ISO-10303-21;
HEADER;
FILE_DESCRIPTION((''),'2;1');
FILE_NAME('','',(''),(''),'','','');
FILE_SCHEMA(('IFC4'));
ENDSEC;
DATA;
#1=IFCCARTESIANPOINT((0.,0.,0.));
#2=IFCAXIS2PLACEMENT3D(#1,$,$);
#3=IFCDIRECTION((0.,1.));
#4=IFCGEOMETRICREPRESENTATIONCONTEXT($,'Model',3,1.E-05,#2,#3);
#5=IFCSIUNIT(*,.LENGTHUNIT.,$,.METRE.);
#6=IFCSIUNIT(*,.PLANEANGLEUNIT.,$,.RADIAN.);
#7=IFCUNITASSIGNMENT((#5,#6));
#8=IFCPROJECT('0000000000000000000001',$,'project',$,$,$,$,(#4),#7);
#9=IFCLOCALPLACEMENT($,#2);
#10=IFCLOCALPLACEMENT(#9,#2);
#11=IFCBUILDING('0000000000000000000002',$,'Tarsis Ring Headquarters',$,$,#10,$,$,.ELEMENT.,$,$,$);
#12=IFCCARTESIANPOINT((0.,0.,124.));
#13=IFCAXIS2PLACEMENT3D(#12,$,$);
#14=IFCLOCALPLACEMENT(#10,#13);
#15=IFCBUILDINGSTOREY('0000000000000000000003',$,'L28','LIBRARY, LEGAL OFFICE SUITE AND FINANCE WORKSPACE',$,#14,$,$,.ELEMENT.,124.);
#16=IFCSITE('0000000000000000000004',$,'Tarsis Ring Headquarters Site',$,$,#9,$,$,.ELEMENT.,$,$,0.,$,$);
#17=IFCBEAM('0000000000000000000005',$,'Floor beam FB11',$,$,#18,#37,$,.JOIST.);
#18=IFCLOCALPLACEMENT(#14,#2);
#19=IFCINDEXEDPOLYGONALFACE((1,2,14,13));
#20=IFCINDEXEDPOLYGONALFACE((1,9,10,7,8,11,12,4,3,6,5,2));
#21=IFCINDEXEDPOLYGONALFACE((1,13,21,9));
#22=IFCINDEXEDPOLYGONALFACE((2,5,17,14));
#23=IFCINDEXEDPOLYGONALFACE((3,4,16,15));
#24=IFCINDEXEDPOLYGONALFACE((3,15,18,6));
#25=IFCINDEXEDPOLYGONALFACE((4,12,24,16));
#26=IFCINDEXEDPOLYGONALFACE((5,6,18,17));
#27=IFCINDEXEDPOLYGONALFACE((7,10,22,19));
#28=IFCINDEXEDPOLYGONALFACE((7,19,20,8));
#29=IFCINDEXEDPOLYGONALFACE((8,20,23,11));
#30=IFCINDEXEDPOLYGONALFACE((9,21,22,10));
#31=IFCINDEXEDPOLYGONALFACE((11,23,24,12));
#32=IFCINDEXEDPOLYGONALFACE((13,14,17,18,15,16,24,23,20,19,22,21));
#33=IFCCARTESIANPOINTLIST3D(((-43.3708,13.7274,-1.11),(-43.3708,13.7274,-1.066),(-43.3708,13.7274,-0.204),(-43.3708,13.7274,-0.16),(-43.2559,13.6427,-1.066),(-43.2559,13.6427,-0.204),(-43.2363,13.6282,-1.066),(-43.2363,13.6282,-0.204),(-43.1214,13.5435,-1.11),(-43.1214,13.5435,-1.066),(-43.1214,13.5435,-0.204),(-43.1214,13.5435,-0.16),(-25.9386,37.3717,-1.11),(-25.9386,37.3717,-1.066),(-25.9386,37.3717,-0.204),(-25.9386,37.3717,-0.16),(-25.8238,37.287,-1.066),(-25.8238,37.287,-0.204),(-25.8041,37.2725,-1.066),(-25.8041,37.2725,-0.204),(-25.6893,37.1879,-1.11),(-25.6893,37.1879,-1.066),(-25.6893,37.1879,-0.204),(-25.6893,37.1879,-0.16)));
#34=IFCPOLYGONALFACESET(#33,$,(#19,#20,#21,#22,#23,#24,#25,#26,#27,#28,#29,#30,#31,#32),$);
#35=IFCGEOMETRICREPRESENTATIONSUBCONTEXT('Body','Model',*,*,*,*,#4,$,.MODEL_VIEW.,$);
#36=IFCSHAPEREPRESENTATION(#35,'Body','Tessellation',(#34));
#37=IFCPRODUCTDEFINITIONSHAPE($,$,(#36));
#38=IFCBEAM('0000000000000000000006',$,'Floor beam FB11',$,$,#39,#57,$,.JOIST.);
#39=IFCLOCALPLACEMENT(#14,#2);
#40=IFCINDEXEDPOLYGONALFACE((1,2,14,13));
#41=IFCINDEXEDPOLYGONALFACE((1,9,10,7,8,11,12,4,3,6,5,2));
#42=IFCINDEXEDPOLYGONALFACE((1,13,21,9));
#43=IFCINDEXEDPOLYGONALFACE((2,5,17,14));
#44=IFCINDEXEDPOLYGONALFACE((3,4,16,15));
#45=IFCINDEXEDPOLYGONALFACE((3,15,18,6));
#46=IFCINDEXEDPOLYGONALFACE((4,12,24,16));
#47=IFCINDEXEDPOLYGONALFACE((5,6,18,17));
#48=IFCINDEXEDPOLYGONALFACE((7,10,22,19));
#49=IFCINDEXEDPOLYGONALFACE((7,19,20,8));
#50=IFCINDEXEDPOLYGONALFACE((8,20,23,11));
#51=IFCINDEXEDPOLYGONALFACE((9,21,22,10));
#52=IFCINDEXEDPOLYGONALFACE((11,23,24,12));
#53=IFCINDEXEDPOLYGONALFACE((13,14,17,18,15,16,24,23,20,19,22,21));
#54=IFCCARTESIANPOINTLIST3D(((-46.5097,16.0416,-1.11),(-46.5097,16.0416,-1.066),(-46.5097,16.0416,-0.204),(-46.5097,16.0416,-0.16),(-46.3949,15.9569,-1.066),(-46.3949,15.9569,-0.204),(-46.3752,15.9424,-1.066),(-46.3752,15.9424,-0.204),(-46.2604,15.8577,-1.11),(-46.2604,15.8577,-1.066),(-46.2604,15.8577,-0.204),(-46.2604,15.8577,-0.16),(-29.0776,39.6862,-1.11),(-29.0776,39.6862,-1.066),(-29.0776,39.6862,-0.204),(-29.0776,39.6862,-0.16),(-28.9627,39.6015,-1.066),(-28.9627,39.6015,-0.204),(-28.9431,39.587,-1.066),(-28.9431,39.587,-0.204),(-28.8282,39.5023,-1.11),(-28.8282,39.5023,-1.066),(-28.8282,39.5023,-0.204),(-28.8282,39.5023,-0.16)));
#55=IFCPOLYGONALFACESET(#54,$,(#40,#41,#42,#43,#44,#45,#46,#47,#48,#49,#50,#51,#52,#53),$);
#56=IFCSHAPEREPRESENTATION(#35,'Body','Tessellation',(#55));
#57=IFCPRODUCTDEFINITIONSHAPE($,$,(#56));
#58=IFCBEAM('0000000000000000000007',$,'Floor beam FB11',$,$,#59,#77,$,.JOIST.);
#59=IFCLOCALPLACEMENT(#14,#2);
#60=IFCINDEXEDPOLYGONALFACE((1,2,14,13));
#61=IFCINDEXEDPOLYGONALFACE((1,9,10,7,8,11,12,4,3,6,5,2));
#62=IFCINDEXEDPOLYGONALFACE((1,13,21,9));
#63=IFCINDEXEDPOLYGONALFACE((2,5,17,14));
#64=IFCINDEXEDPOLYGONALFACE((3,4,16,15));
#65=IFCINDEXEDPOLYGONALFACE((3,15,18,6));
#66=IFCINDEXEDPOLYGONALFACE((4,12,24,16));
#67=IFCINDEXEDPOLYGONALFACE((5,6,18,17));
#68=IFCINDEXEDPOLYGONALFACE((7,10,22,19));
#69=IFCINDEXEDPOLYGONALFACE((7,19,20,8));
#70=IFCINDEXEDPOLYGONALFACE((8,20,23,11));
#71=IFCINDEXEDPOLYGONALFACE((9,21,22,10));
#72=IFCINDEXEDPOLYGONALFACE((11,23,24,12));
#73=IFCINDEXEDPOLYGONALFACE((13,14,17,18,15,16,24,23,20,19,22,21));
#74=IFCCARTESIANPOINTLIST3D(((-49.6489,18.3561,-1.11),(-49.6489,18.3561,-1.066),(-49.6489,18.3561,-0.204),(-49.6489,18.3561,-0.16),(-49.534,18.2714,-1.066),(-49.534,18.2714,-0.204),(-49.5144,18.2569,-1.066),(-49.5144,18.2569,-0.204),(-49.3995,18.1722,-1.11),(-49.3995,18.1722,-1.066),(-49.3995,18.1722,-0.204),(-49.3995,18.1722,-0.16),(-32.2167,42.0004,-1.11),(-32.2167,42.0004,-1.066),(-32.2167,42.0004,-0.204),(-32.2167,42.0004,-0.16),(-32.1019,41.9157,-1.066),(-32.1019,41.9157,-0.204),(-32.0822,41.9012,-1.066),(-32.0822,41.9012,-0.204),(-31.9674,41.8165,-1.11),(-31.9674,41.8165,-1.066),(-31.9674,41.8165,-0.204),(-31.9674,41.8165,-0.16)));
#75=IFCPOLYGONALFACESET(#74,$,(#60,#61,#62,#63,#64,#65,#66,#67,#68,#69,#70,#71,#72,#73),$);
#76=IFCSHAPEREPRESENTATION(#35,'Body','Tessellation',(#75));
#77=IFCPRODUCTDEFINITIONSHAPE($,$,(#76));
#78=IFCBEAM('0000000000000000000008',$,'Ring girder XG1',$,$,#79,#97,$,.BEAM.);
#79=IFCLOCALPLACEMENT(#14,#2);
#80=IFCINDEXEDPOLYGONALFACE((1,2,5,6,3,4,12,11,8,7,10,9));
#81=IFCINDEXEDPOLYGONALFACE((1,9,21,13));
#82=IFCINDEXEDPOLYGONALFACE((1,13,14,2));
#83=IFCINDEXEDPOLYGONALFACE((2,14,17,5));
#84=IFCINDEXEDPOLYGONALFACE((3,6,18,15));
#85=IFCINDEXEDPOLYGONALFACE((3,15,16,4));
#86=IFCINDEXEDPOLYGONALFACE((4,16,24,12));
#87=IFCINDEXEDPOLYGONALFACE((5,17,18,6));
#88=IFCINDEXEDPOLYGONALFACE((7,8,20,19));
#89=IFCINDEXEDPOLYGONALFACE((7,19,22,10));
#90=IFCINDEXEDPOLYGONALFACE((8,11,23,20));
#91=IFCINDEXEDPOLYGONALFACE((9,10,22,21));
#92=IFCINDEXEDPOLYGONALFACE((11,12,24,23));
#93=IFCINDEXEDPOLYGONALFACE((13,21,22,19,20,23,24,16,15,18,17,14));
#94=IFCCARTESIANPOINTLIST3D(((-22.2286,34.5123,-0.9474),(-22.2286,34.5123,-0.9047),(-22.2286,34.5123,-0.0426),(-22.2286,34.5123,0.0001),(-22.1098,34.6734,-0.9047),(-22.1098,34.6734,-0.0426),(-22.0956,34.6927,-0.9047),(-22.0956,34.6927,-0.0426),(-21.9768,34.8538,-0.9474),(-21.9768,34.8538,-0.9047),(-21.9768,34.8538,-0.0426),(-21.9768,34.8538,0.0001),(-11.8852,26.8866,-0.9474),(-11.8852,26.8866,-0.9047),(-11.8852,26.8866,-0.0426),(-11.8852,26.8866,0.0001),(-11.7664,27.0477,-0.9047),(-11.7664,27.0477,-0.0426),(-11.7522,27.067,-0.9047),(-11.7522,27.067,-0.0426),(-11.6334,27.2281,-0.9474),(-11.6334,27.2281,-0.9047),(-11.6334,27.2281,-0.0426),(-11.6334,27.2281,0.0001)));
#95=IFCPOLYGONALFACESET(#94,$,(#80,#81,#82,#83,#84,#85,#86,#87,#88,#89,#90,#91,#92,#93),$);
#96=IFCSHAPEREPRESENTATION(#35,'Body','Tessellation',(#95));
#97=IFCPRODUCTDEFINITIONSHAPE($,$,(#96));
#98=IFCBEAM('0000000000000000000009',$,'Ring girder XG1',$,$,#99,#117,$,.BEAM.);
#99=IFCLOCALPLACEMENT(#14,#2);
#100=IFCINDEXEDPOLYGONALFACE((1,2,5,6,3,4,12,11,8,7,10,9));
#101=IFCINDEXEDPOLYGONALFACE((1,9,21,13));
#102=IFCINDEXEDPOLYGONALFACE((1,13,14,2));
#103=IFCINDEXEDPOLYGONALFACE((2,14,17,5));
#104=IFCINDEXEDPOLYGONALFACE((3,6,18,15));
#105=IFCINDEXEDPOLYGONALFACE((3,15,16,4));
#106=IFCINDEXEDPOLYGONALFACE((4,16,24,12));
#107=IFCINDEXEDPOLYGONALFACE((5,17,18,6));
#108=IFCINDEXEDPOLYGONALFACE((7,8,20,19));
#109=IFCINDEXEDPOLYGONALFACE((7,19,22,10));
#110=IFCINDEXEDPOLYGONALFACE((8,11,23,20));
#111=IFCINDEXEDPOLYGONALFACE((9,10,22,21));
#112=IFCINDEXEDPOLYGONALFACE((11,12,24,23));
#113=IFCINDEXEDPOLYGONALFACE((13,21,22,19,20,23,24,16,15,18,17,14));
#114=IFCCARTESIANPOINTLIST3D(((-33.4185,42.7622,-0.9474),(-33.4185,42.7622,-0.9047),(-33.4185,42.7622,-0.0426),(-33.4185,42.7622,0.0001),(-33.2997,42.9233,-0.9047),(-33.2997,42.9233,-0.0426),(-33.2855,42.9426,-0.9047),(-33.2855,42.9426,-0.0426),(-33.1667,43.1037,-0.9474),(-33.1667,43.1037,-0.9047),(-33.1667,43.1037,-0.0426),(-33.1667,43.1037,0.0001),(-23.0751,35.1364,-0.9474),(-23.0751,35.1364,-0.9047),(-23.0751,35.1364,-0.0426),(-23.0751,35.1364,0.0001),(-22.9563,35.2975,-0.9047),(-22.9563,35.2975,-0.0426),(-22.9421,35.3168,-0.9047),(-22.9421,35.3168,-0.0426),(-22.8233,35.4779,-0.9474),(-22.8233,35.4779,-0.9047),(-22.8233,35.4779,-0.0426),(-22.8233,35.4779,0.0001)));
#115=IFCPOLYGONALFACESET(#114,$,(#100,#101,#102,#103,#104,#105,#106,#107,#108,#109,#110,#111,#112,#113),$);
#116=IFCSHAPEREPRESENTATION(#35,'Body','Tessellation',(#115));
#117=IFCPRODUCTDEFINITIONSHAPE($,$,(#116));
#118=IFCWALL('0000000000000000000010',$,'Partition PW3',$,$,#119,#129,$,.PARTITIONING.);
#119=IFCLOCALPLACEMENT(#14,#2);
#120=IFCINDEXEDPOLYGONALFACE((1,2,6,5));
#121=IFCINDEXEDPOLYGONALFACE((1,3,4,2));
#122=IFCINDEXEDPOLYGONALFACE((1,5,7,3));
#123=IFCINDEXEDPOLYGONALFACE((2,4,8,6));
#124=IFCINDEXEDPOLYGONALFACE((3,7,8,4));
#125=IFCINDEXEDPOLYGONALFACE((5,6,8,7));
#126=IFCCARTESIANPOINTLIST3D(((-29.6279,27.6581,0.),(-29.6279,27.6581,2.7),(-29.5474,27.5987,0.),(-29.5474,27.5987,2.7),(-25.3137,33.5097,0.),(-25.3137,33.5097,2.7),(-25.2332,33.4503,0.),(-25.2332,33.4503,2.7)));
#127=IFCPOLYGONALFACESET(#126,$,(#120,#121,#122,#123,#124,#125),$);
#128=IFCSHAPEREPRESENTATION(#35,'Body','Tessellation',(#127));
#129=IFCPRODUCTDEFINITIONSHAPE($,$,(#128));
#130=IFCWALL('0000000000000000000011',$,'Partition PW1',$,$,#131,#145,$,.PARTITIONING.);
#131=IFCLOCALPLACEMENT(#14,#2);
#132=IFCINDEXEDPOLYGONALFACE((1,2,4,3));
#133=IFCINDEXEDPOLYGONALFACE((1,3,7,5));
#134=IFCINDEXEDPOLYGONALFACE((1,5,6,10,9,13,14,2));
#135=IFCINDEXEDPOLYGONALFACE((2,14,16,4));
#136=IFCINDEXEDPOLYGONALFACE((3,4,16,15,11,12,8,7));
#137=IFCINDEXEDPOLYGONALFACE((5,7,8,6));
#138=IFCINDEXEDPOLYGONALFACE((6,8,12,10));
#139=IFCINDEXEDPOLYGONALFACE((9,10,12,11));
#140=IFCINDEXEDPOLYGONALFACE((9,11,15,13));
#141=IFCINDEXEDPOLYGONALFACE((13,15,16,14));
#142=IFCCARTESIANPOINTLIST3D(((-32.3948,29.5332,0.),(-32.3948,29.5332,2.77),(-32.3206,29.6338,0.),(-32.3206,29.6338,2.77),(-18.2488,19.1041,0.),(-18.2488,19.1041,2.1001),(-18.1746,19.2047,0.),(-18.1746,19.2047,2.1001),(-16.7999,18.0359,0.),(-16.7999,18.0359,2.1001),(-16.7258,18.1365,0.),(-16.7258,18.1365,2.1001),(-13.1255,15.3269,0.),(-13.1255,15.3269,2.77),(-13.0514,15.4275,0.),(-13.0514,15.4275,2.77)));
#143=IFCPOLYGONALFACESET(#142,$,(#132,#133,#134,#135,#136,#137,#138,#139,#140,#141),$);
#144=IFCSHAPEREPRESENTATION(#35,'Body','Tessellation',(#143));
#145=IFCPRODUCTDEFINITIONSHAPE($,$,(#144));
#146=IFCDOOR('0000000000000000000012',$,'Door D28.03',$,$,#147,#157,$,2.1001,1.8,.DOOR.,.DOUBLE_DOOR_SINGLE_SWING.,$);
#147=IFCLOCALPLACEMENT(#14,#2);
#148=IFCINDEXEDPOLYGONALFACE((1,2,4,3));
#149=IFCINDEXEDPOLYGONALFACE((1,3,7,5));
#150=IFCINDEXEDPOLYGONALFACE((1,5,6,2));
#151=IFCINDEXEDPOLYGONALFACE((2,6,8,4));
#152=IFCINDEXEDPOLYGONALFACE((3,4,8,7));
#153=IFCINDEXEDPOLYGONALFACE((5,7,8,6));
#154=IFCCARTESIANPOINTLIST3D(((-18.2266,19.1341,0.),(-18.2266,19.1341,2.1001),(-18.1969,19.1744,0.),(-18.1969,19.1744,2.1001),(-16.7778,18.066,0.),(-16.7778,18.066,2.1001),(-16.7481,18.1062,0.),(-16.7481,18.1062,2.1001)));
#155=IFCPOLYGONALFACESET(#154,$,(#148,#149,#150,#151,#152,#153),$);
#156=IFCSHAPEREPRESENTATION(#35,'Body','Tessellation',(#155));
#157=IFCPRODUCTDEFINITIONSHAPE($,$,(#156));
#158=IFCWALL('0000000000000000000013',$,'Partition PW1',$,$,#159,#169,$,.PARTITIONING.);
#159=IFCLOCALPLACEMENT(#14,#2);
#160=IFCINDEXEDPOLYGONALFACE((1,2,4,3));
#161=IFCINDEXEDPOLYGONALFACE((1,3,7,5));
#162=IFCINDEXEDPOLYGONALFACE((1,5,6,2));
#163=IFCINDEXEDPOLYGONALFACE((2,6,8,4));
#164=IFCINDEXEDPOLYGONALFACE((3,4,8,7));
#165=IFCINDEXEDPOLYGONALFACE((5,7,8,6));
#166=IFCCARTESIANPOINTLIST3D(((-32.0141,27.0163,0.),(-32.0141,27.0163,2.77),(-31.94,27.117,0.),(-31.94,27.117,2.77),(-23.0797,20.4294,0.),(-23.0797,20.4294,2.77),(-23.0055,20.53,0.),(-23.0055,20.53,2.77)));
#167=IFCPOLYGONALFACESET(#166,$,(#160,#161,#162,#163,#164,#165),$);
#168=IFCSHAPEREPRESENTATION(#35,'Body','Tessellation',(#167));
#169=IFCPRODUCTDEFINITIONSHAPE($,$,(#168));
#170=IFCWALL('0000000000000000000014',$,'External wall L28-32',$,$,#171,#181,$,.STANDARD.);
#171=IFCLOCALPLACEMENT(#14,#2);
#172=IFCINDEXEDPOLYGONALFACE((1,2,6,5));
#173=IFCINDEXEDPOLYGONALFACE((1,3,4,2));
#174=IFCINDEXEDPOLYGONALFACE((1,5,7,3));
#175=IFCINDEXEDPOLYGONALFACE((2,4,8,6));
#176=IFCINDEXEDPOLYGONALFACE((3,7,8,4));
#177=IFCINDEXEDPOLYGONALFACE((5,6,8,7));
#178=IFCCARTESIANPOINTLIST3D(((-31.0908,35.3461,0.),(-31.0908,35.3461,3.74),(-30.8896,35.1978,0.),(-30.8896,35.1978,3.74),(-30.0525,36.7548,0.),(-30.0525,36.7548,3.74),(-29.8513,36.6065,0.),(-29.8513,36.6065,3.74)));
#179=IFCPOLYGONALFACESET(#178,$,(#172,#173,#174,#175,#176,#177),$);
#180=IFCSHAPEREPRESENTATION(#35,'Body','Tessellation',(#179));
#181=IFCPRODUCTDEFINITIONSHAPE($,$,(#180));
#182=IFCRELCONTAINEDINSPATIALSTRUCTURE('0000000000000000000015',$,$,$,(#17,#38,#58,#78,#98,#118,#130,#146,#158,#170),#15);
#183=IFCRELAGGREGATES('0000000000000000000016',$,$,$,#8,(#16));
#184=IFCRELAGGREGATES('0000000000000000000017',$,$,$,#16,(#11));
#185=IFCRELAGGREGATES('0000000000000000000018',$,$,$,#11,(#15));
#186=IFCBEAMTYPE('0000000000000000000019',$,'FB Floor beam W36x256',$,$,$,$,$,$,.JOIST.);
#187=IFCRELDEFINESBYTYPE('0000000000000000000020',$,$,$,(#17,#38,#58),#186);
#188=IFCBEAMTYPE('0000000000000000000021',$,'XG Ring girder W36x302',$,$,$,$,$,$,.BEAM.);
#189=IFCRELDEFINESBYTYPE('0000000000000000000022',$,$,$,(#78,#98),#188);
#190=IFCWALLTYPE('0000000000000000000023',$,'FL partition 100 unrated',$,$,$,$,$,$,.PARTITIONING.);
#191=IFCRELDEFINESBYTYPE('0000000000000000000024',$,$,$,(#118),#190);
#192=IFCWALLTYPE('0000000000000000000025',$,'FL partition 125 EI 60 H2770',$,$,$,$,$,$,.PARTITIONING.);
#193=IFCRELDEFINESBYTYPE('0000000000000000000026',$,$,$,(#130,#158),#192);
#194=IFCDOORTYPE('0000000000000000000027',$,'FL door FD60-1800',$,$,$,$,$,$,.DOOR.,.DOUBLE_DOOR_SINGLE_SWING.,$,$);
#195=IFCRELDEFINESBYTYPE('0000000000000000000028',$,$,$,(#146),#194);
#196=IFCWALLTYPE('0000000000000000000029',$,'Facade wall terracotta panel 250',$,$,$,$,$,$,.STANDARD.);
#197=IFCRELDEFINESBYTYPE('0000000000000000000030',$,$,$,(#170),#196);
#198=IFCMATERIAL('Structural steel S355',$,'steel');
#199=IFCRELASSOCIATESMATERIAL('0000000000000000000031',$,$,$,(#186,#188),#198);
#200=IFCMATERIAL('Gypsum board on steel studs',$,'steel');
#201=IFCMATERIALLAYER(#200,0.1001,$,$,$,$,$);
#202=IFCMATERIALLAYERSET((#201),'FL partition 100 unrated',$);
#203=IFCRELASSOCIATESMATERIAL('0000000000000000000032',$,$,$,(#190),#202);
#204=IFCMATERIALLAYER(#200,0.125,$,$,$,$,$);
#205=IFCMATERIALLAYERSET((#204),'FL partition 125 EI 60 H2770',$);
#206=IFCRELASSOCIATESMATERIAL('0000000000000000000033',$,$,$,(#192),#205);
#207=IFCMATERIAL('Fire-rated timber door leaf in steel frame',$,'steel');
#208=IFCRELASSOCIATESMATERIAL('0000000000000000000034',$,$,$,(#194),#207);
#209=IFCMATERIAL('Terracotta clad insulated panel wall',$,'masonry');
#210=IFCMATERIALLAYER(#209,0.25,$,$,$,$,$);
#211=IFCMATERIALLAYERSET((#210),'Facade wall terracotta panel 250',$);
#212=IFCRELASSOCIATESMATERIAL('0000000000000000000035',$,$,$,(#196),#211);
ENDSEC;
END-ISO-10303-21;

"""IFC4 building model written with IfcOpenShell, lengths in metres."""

from ifc_helpers import new_model, si_unit, direction, frame, frame_2d, origin, origin_2d, place, context, subcontext, project, spatial, rectangle, i_section, extrude, material, layer, layer_set, material_profile, profile_set, type_object, element, fill, save


model = new_model("IFC4")

# Units and contexts
model_context = context("Model", 3, precision=1e-05, world=origin(), true_north=direction((0.0, 1.0)))
body_context = subcontext(model_context, "Body", "Model", "MODEL_VIEW")
ifc_project = project(units=[si_unit("LENGTHUNIT", "METRE"), si_unit("PLANEANGLEUNIT", "RADIAN")], contexts=[model_context])

# Site, building, storey
site_placement = place(None, origin())
site = spatial("IfcSite", under=ifc_project, at=site_placement, Name="Tarsis Ring Headquarters Site", CompositionType="ELEMENT", RefElevation=0.0)
building_placement = place(site_placement, origin())
building = spatial("IfcBuilding", under=site, at=building_placement, Name="Tarsis Ring Headquarters", CompositionType="ELEMENT")
storey_placement = place(building_placement, frame((0.0, 0.0, 124.0)))
storey = spatial("IfcBuildingStorey", under=building, at=storey_placement, Name="L28", Description="LIBRARY, LEGAL OFFICE SUITE AND FINANCE WORKSPACE", CompositionType="ELEMENT", Elevation=124.0)

# Shared definitions
ifc_material_1 = material(Name="Structural steel S355", Category="steel")

# Beams
ifc_material_profile_1 = material_profile(ifc_material_1, i_section(OverallWidth=0.3098, OverallDepth=0.95, WebThickness=0.0244, FlangeThickness=0.0439, at=origin_2d()), Name="W36x256")
ifc_profile_set_1 = profile_set([ifc_material_profile_1], Name="Structural steel S355")
beam_type_1 = type_object("IfcBeamType", Name="FB Floor beam W36x256", PredefinedType="JOIST", material=ifc_profile_set_1)
beam_1_placement = place(storey_placement, frame((-25.814, 37.2798, -0.635), z_axis=(-0.59342, -0.804893, 0.0), x_axis=(0.804893, -0.59342, 0.0)))
element("IfcBeam", 1, at=beam_1_placement, inside=storey, type_object=beam_type_1, Name="Floor beam FB11", PredefinedType="JOIST", context=body_context, shape_type="SweptSolid", body=[
    extrude(i_section(OverallWidth=0.3098, OverallDepth=0.95, WebThickness=0.0244, FlangeThickness=0.0439, at=origin_2d()), origin(), (0.0, 0.0, 1.0), 29.3757),
])
beam_2_placement = place(storey_placement, frame((-28.9529, 39.5942, -0.635), z_axis=(-0.593416, -0.804896, 0.0), x_axis=(0.804896, -0.593416, 0.0)))
element("IfcBeam", 2, at=beam_2_placement, inside=storey, type_object=beam_type_1, Name="Floor beam FB11", PredefinedType="JOIST", context=body_context, shape_type="SweptSolid", body=[
    extrude(i_section(OverallWidth=0.3098, OverallDepth=0.95, WebThickness=0.0244, FlangeThickness=0.0439, at=origin_2d()), origin(), (0.0, 0.0, 1.0), 29.376),
])
beam_3_placement = place(storey_placement, frame((-32.092, 41.9084, -0.635), z_axis=(-0.59342, -0.804893, 0.0), x_axis=(0.804893, -0.59342, 0.0)))
element("IfcBeam", 3, at=beam_3_placement, inside=storey, type_object=beam_type_1, Name="Floor beam FB11", PredefinedType="JOIST", context=body_context, shape_type="SweptSolid", body=[
    extrude(i_section(OverallWidth=0.3098, OverallDepth=0.95, WebThickness=0.0244, FlangeThickness=0.0439, at=origin_2d()), origin(), (0.0, 0.0, 1.0), 29.3757),
])
ifc_material_profile_2 = material_profile(ifc_material_1, i_section(OverallWidth=0.4243, OverallDepth=0.9475, WebThickness=0.0239, FlangeThickness=0.0427, at=origin_2d()), Name="W36x302")
ifc_profile_set_2 = profile_set([ifc_material_profile_2], Name="Structural steel S355")
beam_type_2 = type_object("IfcBeamType", Name="XG Ring girder W36x302", PredefinedType="BEAM", material=ifc_profile_set_2)
for number, where, z_axis, x_axis, name in (
    (4, (-11.7593, 27.0574, -0.4736), (-0.8049, 0.593411, 0.0), (-0.593411, -0.8049, 0.0), "Ring girder XG1"),
    (5, (-22.9492, 35.3071, -0.4736), (-0.804893, 0.59342, 0.0), (-0.59342, -0.804893, 0.0), "Ring girder XG1"),
):
    element("IfcBeam", number, at=place(storey_placement, frame(where, z_axis=z_axis, x_axis=x_axis)), inside=storey, type_object=beam_type_2, Name=name, PredefinedType="BEAM", context=body_context, shape_type="SweptSolid", body=[
        extrude(i_section(OverallWidth=0.4243, OverallDepth=0.9475, WebThickness=0.0239, FlangeThickness=0.0427, at=origin_2d()), origin(), (0.0, 0.0, 1.0), 12.8506),
    ])

# Wall
ifc_material_2 = material(Name="Gypsum board on steel studs", Category="steel")
ifc_layer_1 = layer(ifc_material_2, 0.1001)
ifc_layer_set_1 = layer_set([ifc_layer_1], Name="FL partition 100 unrated")
wall_type_1 = type_object("IfcWallType", Name="FL partition 100 unrated", PredefinedType="PARTITIONING", material=ifc_layer_set_1)
wall_1_placement = place(storey_placement, frame((-29.5876, 27.6284, 0.0), z_axis=(0.0, 0.0, 1.0), x_axis=(0.593425, 0.80489, 0.0)))
element("IfcWall", 6, at=wall_1_placement, inside=storey, type_object=wall_type_1, Name="Partition PW3", PredefinedType="PARTITIONING", context=body_context, shape_type="SweptSolid", body=[
    extrude(rectangle(XDim=7.27, YDim=0.1001, at=frame_2d((3.635, 0.0))), origin(), (0.0, 0.0, 1.0), 2.7),
])

# Wall, opening, door
ifc_layer_2 = layer(ifc_material_2, 0.125)
ifc_layer_set_2 = layer_set([ifc_layer_2], Name="FL partition 125 EI 60 H2770")
wall_type_2 = type_object("IfcWallType", Name="FL partition 125 EI 60 H2770", PredefinedType="PARTITIONING", material=ifc_layer_set_2)
wall_2_placement = place(storey_placement, frame((-32.3577, 29.5835, 0.0), z_axis=(0.0, 0.0, 1.0), x_axis=(0.804899, -0.593412, 0.0)))
wall_2 = element("IfcWall", 7, at=wall_2_placement, inside=storey, type_object=wall_type_2, Name="Partition PW1", PredefinedType="PARTITIONING", context=body_context, shape_type="SweptSolid", body=[
    extrude(rectangle(XDim=23.9399, YDim=0.125, at=frame_2d((11.97, 0.0))), origin(), (0.0, 0.0, 1.0), 2.77),
])
opening_placement = place(wall_2_placement, frame((17.575, 0.0, 0.0)))
opening = element("IfcOpeningElement", 8, at=opening_placement, cuts=wall_2, PredefinedType="OPENING", context=body_context, shape_type="SweptSolid", body=[
    extrude(rectangle(XDim=1.8, YDim=2.1001, at=frame_2d((0.8999, 1.05))), frame((0.0, 0.0725, 0.0), z_axis=(0.0, -1.0, 0.0), x_axis=(1.0, 0.0, 0.0)), (0.0, 0.0, 1.0), 0.145),
])
ifc_material_3 = material(Name="Fire-rated timber door leaf in steel frame", Category="steel")
door_type = type_object("IfcDoorType", Name="FL door FD60-1800", OperationType="DOUBLE_DOOR_SINGLE_SWING", PredefinedType="DOOR", material=ifc_material_3)
door_placement = place(opening_placement, origin())
door = element("IfcDoor", 9, at=door_placement, inside=storey, type_object=door_type, Name="Door D28.03", OperationType="DOUBLE_DOOR_SINGLE_SWING", OverallHeight=2.1001, OverallWidth=1.8, PredefinedType="DOOR", context=body_context, shape_type="SweptSolid", body=[
    extrude(rectangle(XDim=1.8, YDim=2.1001, at=frame_2d((0.8999, 1.05))), frame((0.0, 0.0249, 0.0), z_axis=(0.0, -1.0, 0.0), x_axis=(1.0, 0.0, 0.0)), (0.0, 0.0, 1.0), 0.05),
])
fill(opening, door)

# Walls
wall_3_placement = place(storey_placement, frame((-31.9771, 27.0667, 0.0), z_axis=(0.0, 0.0, 1.0), x_axis=(0.804895, -0.593417, 0.0)))
element("IfcWall", 10, at=wall_3_placement, inside=storey, type_object=wall_type_2, Name="Partition PW1", PredefinedType="PARTITIONING", context=body_context, shape_type="SweptSolid", body=[
    extrude(rectangle(XDim=11.1001, YDim=0.125, at=frame_2d((5.55, 0.0))), origin(), (0.0, 0.0, 1.0), 2.77),
])
ifc_material_4 = material(Name="Terracotta clad insulated panel wall", Category="masonry")
ifc_layer_3 = layer(ifc_material_4, 0.25)
ifc_layer_set_3 = layer_set([ifc_layer_3], Name="Facade wall terracotta panel 250")
wall_type_3 = type_object("IfcWallType", Name="Facade wall terracotta panel 250", PredefinedType="STANDARD", material=ifc_layer_set_3)
wall_4_placement = place(storey_placement, frame((-29.9519, 36.6807, 0.0), z_axis=(0.0, 0.0, 1.0), x_axis=(-0.593328, -0.804961, 0.0)))
element("IfcWall", 11, at=wall_4_placement, inside=storey, type_object=wall_type_3, Name="External wall L28-32", PredefinedType="STANDARD", context=body_context, shape_type="SweptSolid", body=[
    extrude(rectangle(XDim=1.75, YDim=0.25, at=frame_2d((0.875, 0.0))), origin(), (0.0, 0.0, 1.0), 3.74),
])

save(model, "model.ifc")
